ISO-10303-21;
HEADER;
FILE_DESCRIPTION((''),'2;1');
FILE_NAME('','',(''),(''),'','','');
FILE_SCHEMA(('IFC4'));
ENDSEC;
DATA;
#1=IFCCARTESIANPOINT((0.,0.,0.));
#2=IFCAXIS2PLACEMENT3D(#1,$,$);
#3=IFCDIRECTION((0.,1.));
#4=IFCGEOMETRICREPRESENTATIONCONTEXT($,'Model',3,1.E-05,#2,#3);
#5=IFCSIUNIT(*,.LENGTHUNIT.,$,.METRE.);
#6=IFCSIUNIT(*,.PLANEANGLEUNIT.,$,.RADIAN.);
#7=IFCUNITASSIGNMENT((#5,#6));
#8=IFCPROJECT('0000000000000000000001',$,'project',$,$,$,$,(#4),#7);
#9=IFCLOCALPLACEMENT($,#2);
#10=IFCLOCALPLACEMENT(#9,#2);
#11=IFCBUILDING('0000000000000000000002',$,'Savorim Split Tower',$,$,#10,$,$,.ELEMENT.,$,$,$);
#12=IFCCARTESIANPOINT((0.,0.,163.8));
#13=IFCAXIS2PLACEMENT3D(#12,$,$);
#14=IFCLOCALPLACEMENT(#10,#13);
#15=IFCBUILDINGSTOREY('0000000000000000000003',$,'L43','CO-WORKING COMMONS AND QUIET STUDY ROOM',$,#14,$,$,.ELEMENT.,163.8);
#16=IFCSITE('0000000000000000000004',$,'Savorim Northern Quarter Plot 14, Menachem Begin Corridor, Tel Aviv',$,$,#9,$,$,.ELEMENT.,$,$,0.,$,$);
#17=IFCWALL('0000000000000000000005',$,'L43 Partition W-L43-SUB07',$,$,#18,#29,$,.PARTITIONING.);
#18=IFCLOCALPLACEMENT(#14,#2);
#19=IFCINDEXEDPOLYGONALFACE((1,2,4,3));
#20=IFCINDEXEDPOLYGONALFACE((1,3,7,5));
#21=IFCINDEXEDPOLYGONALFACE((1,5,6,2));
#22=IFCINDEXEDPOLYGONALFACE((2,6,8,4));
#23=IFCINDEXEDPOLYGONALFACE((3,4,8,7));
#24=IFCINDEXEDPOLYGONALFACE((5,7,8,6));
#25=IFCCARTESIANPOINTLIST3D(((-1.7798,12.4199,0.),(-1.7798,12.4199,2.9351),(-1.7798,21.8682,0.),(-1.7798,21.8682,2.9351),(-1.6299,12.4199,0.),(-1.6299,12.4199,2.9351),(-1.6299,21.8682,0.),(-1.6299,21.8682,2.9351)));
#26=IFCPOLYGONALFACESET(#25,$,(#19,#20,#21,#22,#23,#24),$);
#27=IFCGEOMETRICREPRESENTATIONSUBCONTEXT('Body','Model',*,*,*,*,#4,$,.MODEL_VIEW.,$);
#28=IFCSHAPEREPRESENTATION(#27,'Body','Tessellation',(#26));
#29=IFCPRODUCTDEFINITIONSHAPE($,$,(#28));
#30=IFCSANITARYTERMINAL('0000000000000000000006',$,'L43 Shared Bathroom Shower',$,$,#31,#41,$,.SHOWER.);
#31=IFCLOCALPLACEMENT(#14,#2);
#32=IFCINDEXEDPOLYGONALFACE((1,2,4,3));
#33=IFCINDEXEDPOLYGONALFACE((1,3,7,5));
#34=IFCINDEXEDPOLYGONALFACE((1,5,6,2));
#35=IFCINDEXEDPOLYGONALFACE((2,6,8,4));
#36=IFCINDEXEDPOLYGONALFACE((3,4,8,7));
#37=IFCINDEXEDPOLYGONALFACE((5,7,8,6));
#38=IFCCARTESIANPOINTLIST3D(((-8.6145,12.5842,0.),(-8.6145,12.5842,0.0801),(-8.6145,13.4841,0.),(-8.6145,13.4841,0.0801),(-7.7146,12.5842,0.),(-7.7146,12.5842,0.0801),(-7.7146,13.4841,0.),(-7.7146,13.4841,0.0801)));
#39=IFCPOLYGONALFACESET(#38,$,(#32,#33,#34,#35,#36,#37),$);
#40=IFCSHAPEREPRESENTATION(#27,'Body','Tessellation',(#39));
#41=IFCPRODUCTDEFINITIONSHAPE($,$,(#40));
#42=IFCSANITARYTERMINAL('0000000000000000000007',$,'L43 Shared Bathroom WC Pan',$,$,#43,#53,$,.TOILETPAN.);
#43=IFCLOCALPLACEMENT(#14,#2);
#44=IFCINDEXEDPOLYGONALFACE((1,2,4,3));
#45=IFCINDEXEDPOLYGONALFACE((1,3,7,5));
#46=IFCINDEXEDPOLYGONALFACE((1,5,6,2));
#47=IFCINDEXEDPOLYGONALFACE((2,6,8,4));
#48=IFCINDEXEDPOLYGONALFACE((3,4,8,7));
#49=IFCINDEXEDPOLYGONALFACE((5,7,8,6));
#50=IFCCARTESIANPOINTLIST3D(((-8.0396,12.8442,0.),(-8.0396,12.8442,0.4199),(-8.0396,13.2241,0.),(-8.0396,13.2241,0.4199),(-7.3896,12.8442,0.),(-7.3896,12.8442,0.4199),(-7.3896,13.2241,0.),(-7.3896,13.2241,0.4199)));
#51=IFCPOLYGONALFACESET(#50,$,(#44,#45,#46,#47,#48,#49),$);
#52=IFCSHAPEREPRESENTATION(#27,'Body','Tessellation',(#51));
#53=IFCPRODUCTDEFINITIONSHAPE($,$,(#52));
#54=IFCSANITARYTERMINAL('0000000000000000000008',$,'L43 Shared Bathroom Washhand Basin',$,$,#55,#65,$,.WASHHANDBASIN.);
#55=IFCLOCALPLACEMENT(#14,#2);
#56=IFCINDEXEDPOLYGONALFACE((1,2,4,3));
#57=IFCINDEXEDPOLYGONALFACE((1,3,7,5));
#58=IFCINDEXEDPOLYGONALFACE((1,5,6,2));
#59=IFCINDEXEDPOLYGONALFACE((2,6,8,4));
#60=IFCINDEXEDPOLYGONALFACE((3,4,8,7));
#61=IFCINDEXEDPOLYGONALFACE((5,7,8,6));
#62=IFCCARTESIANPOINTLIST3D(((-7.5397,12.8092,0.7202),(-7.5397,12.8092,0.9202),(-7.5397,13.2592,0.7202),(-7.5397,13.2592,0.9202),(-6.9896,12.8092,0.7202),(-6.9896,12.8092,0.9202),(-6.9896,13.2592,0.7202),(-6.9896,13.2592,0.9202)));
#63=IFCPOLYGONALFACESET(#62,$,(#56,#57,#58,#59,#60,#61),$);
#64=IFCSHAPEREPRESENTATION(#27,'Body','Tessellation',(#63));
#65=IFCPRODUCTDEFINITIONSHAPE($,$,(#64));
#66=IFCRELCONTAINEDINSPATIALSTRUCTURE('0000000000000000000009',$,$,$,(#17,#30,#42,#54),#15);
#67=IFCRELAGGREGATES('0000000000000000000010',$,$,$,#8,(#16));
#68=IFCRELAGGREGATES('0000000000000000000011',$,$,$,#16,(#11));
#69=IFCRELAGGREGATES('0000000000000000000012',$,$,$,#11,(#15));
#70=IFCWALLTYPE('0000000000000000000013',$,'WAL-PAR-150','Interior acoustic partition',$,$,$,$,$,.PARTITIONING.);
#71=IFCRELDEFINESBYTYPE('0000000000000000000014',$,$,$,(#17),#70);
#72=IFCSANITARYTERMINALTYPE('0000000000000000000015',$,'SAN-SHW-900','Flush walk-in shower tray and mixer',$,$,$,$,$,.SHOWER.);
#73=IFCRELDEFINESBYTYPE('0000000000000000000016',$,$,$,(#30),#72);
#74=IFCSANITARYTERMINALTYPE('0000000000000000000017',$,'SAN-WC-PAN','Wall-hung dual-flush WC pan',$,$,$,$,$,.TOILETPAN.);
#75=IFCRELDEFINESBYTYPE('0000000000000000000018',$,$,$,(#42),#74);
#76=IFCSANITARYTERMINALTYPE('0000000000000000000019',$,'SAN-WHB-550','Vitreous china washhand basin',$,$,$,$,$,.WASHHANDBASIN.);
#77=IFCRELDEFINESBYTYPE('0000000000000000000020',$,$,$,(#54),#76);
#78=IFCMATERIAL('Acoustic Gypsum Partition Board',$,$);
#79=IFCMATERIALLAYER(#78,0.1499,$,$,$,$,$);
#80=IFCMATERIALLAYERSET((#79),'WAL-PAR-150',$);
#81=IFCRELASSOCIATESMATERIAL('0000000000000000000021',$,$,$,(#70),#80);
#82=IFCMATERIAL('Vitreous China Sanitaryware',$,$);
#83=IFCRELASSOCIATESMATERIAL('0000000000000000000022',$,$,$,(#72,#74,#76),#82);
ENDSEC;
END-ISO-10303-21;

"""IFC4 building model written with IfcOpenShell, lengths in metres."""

from ifc_helpers import new_model, si_unit, direction, frame, frame_2d, origin, origin_2d, place, context, subcontext, project, spatial, rectangle, extrude, material, layer, layer_set, type_object, element, save


model = new_model("IFC4")

# Units and contexts
model_context = context("Model", 3, precision=1e-05, world=origin(), true_north=direction((0.0, 1.0)))
body_context = subcontext(model_context, "Body", "Model", "MODEL_VIEW")
ifc_project = project(units=[si_unit("LENGTHUNIT", "METRE"), si_unit("PLANEANGLEUNIT", "RADIAN")], contexts=[model_context])

# Site, building, storey
site_placement = place(None, origin())
site = spatial("IfcSite", under=ifc_project, at=site_placement, Name="Savorim Northern Quarter Plot 14, Menachem Begin Corridor, Tel Aviv", CompositionType="ELEMENT", RefElevation=0.0)
building_placement = place(site_placement, origin())
building = spatial("IfcBuilding", under=site, at=building_placement, Name="Savorim Split Tower", CompositionType="ELEMENT")
storey_placement = place(building_placement, frame((0.0, 0.0, 163.8)))
storey = spatial("IfcBuildingStorey", under=building, at=storey_placement, Name="L43", Description="CO-WORKING COMMONS AND QUIET STUDY ROOM", CompositionType="ELEMENT", Elevation=163.8)

# Shared definitions
ifc_material_1 = material(Name="Acoustic Gypsum Partition Board")
ifc_layer_1 = layer(ifc_material_1, 0.1499)
ifc_layer_set_1 = layer_set([ifc_layer_1], Name="WAL-PAR-150")
wall_type_1 = type_object("IfcWallType", Name="WAL-PAR-150", Description="Interior acoustic partition", PredefinedType="PARTITIONING", material=ifc_layer_set_1)

# Wall
wall_1_placement = place(storey_placement, frame((-1.7048, 12.4199, 0.0), z_axis=(0.0, 0.0, 1.0), x_axis=(0.0, 1.0, 0.0)))
element("IfcWall", 1, at=wall_1_placement, inside=storey, type_object=wall_type_1, Name="L43 Partition W-L43-SUB07", PredefinedType="PARTITIONING", context=body_context, shape_type="SweptSolid", body=[
    extrude(rectangle(XDim=9.4482, YDim=0.1499, at=frame_2d((4.7241, 0.0))), origin(), (0.0, 0.0, 1.0), 2.9351),
])

# Sanitary terminals
ifc_material_2 = material(Name="Vitreous China Sanitaryware")
sanitary_terminal_type_1 = type_object("IfcSanitaryTerminalType", Name="SAN-SHW-900", Description="Flush walk-in shower tray and mixer", PredefinedType="SHOWER", material=ifc_material_2)
sanitary_terminal_1_placement = place(storey_placement, frame((-8.1646, 13.0342, 0.0), z_axis=(0.0, 0.0, 1.0), x_axis=(1.0, 0.0, 0.0)))
element("IfcSanitaryTerminal", 2, at=sanitary_terminal_1_placement, inside=storey, type_object=sanitary_terminal_type_1, Name="L43 Shared Bathroom Shower", PredefinedType="SHOWER", context=body_context, shape_type="SweptSolid", body=[
    extrude(rectangle(XDim=0.8999, YDim=0.8999, at=origin_2d()), origin(), (0.0, 0.0, 1.0), 0.0801),
])
sanitary_terminal_type_2 = type_object("IfcSanitaryTerminalType", Name="SAN-WC-PAN", Description="Wall-hung dual-flush WC pan", PredefinedType="TOILETPAN", material=ifc_material_2)
sanitary_terminal_2_placement = place(storey_placement, frame((-7.7146, 13.0342, 0.0), z_axis=(0.0, 0.0, 1.0), x_axis=(1.0, 0.0, 0.0)))
element("IfcSanitaryTerminal", 3, at=sanitary_terminal_2_placement, inside=storey, type_object=sanitary_terminal_type_2, Name="L43 Shared Bathroom WC Pan", PredefinedType="TOILETPAN", context=body_context, shape_type="SweptSolid", body=[
    extrude(rectangle(XDim=0.6499, YDim=0.3799, at=origin_2d()), origin(), (0.0, 0.0, 1.0), 0.4199),
])
sanitary_terminal_type_3 = type_object("IfcSanitaryTerminalType", Name="SAN-WHB-550", Description="Vitreous china washhand basin", PredefinedType="WASHHANDBASIN", material=ifc_material_2)
sanitary_terminal_3_placement = place(storey_placement, frame((-7.2646, 13.0342, 0.7202), z_axis=(0.0, 0.0, 1.0), x_axis=(1.0, 0.0, 0.0)))
element("IfcSanitaryTerminal", 4, at=sanitary_terminal_3_placement, inside=storey, type_object=sanitary_terminal_type_3, Name="L43 Shared Bathroom Washhand Basin", PredefinedType="WASHHANDBASIN", context=body_context, shape_type="SweptSolid", body=[
    extrude(rectangle(XDim=0.55, YDim=0.45, at=origin_2d()), origin(), (0.0, 0.0, 1.0), 0.2),
])

save(model, "model.ifc")
